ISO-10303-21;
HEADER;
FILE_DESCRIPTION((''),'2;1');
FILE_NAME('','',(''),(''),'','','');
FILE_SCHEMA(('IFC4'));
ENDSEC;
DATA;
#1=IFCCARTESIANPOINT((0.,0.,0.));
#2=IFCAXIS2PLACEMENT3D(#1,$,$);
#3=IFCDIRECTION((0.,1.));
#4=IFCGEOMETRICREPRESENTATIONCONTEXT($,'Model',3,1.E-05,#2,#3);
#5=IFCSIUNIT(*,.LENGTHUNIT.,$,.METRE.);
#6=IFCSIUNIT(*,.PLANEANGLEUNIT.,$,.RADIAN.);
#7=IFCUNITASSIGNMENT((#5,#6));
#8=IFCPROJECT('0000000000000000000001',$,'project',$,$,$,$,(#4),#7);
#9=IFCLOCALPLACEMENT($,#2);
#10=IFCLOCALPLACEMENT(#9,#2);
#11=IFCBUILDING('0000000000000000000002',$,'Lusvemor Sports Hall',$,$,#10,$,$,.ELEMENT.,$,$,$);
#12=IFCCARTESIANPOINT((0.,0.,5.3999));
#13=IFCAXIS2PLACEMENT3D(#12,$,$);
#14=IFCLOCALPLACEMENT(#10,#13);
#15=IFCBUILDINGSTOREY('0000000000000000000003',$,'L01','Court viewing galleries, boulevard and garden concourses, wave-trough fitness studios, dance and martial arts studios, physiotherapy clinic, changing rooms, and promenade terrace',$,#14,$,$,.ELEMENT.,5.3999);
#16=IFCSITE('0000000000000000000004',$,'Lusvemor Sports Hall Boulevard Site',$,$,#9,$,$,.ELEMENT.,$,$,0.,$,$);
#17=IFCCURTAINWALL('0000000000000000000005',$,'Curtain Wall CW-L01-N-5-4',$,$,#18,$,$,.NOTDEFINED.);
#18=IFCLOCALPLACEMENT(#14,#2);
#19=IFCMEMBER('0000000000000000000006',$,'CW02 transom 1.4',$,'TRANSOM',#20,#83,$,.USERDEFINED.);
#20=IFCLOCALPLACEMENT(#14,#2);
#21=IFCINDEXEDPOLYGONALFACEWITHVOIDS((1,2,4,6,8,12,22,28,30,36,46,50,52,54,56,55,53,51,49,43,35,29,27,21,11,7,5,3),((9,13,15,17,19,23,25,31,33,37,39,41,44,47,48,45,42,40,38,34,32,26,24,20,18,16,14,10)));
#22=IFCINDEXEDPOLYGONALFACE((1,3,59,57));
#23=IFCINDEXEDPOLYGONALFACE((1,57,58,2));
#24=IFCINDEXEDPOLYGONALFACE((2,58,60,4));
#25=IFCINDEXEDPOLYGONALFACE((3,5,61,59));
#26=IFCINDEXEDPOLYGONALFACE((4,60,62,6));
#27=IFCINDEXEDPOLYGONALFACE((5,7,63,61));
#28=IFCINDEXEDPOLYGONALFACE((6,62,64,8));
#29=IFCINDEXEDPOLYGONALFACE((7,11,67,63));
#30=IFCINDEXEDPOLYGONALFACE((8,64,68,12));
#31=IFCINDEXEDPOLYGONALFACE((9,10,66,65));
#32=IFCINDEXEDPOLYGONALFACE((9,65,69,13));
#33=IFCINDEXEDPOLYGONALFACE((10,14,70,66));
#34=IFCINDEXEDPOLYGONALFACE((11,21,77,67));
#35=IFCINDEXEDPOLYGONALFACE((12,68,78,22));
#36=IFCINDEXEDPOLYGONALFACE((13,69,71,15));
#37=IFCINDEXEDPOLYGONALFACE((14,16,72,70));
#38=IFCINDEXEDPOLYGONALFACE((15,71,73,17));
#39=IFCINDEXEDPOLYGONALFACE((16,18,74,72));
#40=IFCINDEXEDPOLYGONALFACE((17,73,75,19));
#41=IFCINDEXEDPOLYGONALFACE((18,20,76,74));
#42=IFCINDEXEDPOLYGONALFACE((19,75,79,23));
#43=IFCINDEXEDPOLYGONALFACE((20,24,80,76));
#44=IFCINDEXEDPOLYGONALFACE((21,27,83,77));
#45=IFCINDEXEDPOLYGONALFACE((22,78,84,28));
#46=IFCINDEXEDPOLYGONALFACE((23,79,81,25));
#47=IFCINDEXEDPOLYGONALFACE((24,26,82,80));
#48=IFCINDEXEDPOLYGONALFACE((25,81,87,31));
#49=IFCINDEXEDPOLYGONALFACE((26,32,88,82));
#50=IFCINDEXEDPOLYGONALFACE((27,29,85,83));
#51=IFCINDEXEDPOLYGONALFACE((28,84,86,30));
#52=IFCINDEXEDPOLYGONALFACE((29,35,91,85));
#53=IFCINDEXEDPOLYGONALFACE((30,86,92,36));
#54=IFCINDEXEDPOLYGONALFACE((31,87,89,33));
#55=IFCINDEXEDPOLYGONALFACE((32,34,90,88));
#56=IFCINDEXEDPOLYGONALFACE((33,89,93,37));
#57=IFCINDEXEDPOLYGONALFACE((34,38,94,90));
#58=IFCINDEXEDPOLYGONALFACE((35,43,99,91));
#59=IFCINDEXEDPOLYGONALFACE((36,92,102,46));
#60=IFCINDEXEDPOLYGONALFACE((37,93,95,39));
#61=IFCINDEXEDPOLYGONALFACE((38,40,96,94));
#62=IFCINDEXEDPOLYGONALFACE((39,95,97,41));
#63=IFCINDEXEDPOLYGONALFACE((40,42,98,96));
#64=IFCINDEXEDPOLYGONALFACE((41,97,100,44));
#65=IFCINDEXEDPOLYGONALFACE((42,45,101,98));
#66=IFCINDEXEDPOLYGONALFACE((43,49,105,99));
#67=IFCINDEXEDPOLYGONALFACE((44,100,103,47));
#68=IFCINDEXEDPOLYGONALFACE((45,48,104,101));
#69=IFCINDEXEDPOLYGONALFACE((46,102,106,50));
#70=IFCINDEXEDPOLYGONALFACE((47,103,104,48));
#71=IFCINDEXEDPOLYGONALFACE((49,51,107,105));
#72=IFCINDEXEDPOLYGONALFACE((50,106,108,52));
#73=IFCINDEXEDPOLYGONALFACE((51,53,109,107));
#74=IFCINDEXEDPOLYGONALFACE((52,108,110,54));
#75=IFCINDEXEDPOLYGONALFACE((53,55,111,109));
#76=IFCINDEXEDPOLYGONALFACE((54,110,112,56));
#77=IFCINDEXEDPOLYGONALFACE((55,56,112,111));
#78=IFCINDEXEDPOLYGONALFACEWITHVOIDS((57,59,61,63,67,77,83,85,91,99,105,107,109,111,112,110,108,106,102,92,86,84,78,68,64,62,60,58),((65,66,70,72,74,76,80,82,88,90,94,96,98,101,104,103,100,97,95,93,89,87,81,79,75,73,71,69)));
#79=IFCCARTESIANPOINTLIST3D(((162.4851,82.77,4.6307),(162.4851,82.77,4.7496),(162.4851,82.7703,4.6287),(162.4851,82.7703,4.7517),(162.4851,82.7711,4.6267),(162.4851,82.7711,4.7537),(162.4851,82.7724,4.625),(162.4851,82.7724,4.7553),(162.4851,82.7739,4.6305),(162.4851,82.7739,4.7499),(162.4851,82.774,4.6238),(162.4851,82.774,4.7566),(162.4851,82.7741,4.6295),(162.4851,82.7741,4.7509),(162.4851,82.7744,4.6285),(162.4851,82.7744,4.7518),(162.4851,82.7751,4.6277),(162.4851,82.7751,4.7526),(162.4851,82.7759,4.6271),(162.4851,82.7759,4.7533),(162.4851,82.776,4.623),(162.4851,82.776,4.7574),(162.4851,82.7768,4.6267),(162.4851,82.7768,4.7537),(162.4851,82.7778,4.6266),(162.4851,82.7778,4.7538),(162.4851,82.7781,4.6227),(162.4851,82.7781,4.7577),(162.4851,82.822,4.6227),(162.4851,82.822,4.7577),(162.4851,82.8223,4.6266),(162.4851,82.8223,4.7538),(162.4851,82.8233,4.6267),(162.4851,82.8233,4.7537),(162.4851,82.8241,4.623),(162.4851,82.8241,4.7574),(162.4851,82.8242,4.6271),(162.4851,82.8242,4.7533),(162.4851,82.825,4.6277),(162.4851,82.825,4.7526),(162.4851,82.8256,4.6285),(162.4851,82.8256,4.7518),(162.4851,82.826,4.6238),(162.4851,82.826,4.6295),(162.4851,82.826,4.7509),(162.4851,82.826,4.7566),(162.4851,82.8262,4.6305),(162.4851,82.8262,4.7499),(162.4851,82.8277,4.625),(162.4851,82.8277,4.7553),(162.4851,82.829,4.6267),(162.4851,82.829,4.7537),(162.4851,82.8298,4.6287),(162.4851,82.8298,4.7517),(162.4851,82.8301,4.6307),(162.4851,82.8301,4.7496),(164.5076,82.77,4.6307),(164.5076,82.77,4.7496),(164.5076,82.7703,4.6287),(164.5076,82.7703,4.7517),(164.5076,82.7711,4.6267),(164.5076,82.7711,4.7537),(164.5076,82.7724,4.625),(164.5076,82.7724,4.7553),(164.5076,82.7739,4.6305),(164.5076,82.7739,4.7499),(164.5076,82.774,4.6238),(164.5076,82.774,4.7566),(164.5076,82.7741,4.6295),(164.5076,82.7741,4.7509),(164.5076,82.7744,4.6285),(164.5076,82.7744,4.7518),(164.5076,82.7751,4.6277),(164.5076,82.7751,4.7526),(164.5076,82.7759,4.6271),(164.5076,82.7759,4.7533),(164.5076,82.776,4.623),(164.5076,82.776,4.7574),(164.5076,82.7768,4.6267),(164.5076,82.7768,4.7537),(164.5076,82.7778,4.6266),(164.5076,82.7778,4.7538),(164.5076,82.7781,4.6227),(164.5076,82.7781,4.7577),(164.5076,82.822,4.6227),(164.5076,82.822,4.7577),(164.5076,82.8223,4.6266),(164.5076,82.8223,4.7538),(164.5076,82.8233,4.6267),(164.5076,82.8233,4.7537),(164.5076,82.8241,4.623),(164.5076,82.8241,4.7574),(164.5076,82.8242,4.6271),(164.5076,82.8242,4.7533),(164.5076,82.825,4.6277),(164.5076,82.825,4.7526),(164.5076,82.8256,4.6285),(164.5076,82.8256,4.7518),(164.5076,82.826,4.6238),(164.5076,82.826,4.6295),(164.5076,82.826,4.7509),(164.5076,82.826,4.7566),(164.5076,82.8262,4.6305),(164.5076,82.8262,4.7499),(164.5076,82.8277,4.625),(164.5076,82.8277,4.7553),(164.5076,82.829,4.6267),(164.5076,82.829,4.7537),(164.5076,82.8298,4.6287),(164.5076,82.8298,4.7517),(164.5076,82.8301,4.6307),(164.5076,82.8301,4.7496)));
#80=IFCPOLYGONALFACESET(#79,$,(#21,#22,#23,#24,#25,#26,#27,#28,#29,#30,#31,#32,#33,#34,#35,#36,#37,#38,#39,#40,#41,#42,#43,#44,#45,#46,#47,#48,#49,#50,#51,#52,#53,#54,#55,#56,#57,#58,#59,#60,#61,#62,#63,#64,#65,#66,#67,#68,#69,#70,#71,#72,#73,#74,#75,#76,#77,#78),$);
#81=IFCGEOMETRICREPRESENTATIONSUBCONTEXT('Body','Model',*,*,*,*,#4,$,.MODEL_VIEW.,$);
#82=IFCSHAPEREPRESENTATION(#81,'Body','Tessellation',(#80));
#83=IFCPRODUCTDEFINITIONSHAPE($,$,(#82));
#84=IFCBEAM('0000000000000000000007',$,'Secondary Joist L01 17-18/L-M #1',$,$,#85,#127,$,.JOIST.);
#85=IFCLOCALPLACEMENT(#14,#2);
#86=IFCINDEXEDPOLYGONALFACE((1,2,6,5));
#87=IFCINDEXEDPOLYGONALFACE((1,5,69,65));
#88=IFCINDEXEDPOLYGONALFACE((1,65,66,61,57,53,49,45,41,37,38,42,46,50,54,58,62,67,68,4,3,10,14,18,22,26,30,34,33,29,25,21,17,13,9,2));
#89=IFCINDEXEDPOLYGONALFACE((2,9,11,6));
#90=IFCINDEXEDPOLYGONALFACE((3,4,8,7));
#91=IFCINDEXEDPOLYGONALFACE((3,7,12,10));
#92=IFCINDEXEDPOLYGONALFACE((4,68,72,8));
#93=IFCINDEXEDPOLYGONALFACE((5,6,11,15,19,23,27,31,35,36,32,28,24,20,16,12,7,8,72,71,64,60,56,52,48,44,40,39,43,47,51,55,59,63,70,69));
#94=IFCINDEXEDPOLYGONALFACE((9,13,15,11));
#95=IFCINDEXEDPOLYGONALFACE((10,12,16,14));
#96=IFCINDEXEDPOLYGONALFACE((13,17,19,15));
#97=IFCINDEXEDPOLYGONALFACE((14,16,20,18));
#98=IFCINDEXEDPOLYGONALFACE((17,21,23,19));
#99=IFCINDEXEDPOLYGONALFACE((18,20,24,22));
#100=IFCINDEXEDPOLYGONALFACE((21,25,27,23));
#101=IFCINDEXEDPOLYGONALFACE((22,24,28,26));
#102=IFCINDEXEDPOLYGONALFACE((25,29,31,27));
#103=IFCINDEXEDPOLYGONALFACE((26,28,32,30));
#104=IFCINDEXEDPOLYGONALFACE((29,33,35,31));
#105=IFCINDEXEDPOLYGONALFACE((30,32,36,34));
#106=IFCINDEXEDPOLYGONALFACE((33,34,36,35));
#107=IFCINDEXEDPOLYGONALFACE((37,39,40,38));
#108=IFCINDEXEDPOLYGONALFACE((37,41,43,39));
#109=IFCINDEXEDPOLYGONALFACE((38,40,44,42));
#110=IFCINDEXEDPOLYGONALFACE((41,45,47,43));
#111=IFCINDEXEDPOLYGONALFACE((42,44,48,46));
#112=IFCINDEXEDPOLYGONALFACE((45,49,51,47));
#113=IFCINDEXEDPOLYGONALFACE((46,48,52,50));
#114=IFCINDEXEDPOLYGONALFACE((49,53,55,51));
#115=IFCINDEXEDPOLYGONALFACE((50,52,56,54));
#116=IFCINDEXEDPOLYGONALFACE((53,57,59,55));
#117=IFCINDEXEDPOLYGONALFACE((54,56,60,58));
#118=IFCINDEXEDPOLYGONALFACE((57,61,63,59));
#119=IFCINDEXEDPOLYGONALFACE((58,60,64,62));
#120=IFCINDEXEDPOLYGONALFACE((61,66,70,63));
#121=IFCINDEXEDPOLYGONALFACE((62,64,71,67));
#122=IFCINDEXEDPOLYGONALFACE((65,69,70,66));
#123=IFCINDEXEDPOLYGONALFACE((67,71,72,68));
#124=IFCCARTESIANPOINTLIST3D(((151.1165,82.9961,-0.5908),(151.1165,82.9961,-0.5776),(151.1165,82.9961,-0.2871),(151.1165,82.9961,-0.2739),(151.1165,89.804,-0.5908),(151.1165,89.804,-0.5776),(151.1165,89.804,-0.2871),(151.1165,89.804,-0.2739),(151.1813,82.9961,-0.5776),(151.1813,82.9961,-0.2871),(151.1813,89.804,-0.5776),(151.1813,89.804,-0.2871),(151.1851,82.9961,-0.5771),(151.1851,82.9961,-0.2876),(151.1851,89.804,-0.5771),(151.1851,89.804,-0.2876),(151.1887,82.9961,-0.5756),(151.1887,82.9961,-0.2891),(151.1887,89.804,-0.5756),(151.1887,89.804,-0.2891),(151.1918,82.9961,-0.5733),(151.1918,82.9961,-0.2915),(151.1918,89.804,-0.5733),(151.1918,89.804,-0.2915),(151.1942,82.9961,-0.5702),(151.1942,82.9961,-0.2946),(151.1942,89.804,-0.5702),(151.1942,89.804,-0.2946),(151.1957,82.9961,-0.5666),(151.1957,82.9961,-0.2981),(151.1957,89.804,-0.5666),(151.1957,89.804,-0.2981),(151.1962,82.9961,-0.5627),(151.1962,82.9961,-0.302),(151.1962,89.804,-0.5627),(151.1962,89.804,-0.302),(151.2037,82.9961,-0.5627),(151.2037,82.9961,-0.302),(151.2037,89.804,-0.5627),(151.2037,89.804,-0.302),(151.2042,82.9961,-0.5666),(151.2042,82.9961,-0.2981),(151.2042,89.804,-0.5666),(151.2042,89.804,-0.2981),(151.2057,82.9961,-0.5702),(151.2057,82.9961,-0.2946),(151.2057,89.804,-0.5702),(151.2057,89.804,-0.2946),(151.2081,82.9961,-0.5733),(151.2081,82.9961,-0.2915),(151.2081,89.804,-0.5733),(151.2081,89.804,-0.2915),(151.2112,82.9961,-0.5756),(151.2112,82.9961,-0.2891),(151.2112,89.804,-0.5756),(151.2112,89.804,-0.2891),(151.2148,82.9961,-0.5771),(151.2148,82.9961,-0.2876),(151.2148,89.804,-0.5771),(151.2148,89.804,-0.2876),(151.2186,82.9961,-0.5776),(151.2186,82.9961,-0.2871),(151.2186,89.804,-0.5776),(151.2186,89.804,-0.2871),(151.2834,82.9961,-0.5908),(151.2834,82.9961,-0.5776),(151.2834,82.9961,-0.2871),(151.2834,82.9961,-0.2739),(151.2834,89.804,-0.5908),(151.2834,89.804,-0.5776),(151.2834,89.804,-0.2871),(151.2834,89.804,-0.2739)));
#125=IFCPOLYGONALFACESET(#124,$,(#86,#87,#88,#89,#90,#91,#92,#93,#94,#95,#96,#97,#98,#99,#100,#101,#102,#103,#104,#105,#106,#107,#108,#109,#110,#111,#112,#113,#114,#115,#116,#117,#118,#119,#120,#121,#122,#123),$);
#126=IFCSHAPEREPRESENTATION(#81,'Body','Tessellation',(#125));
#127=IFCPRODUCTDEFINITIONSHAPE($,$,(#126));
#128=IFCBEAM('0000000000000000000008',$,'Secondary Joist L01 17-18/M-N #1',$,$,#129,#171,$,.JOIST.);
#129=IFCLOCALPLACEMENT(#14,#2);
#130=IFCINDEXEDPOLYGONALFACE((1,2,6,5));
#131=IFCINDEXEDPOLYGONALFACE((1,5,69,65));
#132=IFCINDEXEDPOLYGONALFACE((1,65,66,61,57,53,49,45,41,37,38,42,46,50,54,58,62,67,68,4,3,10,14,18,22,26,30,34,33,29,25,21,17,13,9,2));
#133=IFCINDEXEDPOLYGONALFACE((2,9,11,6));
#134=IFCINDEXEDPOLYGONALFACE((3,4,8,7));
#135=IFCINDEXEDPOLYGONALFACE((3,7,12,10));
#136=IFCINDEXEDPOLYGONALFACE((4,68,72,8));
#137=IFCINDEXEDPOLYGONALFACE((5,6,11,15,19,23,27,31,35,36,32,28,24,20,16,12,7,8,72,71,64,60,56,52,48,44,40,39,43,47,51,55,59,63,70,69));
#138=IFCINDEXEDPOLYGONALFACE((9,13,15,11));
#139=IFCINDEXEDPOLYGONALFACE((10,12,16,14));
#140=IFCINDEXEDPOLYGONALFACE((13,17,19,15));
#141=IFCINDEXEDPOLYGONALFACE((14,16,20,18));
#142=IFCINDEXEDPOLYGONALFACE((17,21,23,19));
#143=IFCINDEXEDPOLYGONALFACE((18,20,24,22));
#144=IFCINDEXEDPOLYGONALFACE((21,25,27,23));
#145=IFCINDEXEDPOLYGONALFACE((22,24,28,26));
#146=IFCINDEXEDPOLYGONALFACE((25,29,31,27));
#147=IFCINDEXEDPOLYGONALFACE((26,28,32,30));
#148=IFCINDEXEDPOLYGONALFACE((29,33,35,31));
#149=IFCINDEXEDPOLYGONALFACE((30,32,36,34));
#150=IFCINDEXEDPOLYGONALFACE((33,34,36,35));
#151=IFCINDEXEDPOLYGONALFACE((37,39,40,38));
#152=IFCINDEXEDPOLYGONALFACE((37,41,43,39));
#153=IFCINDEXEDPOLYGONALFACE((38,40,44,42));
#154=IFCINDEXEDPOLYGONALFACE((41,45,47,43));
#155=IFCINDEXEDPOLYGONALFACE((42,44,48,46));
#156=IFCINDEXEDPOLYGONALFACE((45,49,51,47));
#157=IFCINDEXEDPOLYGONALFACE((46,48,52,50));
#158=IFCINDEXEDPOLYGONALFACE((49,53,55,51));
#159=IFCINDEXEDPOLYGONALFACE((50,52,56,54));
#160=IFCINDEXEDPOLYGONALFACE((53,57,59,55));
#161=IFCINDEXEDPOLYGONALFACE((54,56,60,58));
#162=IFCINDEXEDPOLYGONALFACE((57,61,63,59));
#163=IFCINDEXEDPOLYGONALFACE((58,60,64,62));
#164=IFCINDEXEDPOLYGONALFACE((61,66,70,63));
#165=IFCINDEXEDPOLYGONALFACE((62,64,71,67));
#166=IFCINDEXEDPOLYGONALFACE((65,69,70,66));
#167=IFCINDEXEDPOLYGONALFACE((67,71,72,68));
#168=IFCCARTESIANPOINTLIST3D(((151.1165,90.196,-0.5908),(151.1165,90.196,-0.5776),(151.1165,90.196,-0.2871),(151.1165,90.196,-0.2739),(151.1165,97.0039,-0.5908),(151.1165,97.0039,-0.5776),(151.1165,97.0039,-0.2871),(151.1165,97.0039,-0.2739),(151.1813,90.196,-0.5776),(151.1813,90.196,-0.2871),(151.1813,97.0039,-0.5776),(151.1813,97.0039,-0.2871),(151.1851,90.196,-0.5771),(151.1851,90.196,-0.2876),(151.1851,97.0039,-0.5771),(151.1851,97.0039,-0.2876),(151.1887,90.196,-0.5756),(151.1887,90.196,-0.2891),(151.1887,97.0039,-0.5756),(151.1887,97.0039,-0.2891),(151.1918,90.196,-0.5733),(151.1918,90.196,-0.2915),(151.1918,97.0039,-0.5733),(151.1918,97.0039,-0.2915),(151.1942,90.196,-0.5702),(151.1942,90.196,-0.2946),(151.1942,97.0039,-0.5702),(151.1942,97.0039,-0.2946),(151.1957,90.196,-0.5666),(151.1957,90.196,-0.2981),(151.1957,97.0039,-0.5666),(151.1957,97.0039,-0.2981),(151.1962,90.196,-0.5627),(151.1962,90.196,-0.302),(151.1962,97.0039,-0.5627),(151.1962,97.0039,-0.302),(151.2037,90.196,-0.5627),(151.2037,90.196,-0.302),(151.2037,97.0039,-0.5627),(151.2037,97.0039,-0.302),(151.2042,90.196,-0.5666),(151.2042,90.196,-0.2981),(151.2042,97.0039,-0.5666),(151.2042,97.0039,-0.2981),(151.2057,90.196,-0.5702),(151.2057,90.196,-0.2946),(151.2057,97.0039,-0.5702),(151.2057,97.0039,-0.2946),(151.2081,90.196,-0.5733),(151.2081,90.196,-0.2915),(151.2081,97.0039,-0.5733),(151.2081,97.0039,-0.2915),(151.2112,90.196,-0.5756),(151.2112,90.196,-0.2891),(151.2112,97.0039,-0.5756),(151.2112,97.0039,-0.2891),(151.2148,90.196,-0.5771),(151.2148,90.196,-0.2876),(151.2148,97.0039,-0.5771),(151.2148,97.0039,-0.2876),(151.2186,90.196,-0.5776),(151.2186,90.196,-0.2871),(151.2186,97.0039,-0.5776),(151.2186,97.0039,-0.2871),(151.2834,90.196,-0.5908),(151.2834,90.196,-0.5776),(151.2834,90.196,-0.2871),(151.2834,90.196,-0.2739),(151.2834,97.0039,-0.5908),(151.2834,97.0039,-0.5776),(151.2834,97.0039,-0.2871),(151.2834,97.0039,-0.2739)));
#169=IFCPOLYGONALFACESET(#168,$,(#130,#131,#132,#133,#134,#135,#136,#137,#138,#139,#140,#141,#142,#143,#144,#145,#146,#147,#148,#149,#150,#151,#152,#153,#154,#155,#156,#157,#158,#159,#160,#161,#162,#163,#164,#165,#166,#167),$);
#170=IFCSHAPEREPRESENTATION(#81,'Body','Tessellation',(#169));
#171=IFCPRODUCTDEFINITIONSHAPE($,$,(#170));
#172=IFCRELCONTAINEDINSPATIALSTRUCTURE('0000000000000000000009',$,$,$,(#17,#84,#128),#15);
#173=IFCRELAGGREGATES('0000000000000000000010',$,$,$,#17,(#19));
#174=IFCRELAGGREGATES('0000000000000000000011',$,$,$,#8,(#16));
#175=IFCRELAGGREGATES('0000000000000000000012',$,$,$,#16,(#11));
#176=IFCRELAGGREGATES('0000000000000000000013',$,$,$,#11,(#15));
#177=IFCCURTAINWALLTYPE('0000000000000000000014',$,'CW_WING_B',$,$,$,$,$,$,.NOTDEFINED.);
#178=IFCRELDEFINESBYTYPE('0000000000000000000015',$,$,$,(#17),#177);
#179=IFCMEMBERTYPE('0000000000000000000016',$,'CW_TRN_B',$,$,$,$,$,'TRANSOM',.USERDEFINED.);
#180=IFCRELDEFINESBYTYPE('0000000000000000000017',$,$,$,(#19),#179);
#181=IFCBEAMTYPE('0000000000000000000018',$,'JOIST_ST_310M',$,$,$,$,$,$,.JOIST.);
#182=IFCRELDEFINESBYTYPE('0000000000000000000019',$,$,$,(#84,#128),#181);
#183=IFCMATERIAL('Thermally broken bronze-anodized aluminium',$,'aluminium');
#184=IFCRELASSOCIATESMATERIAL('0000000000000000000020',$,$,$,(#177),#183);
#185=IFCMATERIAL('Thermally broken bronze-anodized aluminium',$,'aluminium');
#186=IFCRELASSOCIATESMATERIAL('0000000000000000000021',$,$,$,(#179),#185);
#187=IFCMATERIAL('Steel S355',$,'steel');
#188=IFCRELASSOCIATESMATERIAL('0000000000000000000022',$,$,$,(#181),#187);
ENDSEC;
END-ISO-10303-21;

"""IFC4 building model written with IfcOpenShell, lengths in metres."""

from ifc_helpers import new_model, si_unit, direction, frame, origin, origin_2d, place, context, subcontext, project, spatial, hollow_rectangle, i_section, extrude, material, material_profile, profile_set, type_object, element, aggregate, save


model = new_model("IFC4")

# Units and contexts
model_context = context("Model", 3, precision=1e-05, world=origin(), true_north=direction((0.0, 1.0)))
body_context = subcontext(model_context, "Body", "Model", "MODEL_VIEW")
ifc_project = project(units=[si_unit("LENGTHUNIT", "METRE"), si_unit("PLANEANGLEUNIT", "RADIAN")], contexts=[model_context])

# Site, building, storey
site_placement = place(None, origin())
site = spatial("IfcSite", under=ifc_project, at=site_placement, Name="Lusvemor Sports Hall Boulevard Site", CompositionType="ELEMENT", RefElevation=0.0)
building_placement = place(site_placement, origin())
building = spatial("IfcBuilding", under=site, at=building_placement, Name="Lusvemor Sports Hall", CompositionType="ELEMENT")
storey_placement = place(building_placement, frame((0.0, 0.0, 5.3999)))
storey = spatial("IfcBuildingStorey", under=building, at=storey_placement, Name="L01", Description="Court viewing galleries, boulevard and garden concourses, wave-trough fitness studios, dance and martial arts studios, physiotherapy clinic, changing rooms, and promenade terrace", CompositionType="ELEMENT", Elevation=5.3999)

# Curtain wall, member
ifc_material_1 = material(Name="Thermally broken bronze-anodized aluminium", Category="aluminium")
curtain_wall_type = type_object("IfcCurtainWallType", Name="CW_WING_B", PredefinedType="NOTDEFINED", material=ifc_material_1)
curtain_wall_1_placement = place(storey_placement, origin())
curtain_wall_1 = element("IfcCurtainWall", 1, at=curtain_wall_1_placement, inside=storey, type_object=curtain_wall_type, Name="Curtain Wall CW-L01-N-5-4", PredefinedType="NOTDEFINED")
ifc_material_2 = material(Name="Thermally broken bronze-anodized aluminium", Category="aluminium")
ifc_material_profile_1 = material_profile(ifc_material_2, hollow_rectangle(XDim=0.0601, YDim=0.135, WallThickness=0.0039, InnerFilletRadius=0.0039, OuterFilletRadius=0.0081, at=origin_2d()), Name="CWTRN135x60x4")
ifc_profile_set_1 = profile_set([ifc_material_profile_1], Name="Thermally broken bronze-anodized aluminium")
member_type_1 = type_object("IfcMemberType", Name="CW_TRN_B", ElementType="TRANSOM", PredefinedType="USERDEFINED", material=ifc_profile_set_1)
member_1_placement = place(storey_placement, frame((162.4851, 82.8, 4.6902), z_axis=(1.0, 0.0, 0.0), x_axis=(0.0, 1.0, 0.0)))
member_1 = element("IfcMember", 2, at=member_1_placement, type_object=member_type_1, Name="CW02 transom 1.4", ObjectType="TRANSOM", PredefinedType="USERDEFINED", context=body_context, shape_type="SweptSolid", body=[
    extrude(hollow_rectangle(XDim=0.0601, YDim=0.135, WallThickness=0.0039, InnerFilletRadius=0.0039, OuterFilletRadius=0.0081, at=origin_2d()), origin(), (0.0, 0.0, 1.0), 2.0225),
])

# Beams
ifc_material_3 = material(Name="Steel S355", Category="steel")
ifc_material_profile_2 = material_profile(ifc_material_3, i_section(OverallWidth=0.167, OverallDepth=0.3169, WebThickness=0.0076, FlangeThickness=0.0132, FilletRadius=0.0149, at=origin_2d()), Name="W310x52.0")
ifc_profile_set_2 = profile_set([ifc_material_profile_2], Name="Steel S355")
beam_type_1 = type_object("IfcBeamType", Name="JOIST_ST_310M", PredefinedType="JOIST", material=ifc_profile_set_2)
for number, where, z_axis, x_axis, name in (
    (3, (151.2, 82.9961, -0.4324), (0.0, 1.0, 0.0), (-1.0, 0.0, 0.0), "Secondary Joist L01 17-18/L-M #1"),
    (4, (151.2, 90.196, -0.4324), (0.0, 1.0, 0.0), (-1.0, 0.0, 0.0), "Secondary Joist L01 17-18/M-N #1"),
):
    element("IfcBeam", number, at=place(storey_placement, frame(where, z_axis=z_axis, x_axis=x_axis)), inside=storey, type_object=beam_type_1, Name=name, PredefinedType="JOIST", context=body_context, shape_type="SweptSolid", body=[
        extrude(i_section(OverallWidth=0.167, OverallDepth=0.3169, WebThickness=0.0076, FlangeThickness=0.0132, FilletRadius=0.0149, at=origin_2d()), origin(), (0.0, 0.0, 1.0), 6.8079),
    ])

aggregate(curtain_wall_1, [member_1])

save(model, "model.ifc")
